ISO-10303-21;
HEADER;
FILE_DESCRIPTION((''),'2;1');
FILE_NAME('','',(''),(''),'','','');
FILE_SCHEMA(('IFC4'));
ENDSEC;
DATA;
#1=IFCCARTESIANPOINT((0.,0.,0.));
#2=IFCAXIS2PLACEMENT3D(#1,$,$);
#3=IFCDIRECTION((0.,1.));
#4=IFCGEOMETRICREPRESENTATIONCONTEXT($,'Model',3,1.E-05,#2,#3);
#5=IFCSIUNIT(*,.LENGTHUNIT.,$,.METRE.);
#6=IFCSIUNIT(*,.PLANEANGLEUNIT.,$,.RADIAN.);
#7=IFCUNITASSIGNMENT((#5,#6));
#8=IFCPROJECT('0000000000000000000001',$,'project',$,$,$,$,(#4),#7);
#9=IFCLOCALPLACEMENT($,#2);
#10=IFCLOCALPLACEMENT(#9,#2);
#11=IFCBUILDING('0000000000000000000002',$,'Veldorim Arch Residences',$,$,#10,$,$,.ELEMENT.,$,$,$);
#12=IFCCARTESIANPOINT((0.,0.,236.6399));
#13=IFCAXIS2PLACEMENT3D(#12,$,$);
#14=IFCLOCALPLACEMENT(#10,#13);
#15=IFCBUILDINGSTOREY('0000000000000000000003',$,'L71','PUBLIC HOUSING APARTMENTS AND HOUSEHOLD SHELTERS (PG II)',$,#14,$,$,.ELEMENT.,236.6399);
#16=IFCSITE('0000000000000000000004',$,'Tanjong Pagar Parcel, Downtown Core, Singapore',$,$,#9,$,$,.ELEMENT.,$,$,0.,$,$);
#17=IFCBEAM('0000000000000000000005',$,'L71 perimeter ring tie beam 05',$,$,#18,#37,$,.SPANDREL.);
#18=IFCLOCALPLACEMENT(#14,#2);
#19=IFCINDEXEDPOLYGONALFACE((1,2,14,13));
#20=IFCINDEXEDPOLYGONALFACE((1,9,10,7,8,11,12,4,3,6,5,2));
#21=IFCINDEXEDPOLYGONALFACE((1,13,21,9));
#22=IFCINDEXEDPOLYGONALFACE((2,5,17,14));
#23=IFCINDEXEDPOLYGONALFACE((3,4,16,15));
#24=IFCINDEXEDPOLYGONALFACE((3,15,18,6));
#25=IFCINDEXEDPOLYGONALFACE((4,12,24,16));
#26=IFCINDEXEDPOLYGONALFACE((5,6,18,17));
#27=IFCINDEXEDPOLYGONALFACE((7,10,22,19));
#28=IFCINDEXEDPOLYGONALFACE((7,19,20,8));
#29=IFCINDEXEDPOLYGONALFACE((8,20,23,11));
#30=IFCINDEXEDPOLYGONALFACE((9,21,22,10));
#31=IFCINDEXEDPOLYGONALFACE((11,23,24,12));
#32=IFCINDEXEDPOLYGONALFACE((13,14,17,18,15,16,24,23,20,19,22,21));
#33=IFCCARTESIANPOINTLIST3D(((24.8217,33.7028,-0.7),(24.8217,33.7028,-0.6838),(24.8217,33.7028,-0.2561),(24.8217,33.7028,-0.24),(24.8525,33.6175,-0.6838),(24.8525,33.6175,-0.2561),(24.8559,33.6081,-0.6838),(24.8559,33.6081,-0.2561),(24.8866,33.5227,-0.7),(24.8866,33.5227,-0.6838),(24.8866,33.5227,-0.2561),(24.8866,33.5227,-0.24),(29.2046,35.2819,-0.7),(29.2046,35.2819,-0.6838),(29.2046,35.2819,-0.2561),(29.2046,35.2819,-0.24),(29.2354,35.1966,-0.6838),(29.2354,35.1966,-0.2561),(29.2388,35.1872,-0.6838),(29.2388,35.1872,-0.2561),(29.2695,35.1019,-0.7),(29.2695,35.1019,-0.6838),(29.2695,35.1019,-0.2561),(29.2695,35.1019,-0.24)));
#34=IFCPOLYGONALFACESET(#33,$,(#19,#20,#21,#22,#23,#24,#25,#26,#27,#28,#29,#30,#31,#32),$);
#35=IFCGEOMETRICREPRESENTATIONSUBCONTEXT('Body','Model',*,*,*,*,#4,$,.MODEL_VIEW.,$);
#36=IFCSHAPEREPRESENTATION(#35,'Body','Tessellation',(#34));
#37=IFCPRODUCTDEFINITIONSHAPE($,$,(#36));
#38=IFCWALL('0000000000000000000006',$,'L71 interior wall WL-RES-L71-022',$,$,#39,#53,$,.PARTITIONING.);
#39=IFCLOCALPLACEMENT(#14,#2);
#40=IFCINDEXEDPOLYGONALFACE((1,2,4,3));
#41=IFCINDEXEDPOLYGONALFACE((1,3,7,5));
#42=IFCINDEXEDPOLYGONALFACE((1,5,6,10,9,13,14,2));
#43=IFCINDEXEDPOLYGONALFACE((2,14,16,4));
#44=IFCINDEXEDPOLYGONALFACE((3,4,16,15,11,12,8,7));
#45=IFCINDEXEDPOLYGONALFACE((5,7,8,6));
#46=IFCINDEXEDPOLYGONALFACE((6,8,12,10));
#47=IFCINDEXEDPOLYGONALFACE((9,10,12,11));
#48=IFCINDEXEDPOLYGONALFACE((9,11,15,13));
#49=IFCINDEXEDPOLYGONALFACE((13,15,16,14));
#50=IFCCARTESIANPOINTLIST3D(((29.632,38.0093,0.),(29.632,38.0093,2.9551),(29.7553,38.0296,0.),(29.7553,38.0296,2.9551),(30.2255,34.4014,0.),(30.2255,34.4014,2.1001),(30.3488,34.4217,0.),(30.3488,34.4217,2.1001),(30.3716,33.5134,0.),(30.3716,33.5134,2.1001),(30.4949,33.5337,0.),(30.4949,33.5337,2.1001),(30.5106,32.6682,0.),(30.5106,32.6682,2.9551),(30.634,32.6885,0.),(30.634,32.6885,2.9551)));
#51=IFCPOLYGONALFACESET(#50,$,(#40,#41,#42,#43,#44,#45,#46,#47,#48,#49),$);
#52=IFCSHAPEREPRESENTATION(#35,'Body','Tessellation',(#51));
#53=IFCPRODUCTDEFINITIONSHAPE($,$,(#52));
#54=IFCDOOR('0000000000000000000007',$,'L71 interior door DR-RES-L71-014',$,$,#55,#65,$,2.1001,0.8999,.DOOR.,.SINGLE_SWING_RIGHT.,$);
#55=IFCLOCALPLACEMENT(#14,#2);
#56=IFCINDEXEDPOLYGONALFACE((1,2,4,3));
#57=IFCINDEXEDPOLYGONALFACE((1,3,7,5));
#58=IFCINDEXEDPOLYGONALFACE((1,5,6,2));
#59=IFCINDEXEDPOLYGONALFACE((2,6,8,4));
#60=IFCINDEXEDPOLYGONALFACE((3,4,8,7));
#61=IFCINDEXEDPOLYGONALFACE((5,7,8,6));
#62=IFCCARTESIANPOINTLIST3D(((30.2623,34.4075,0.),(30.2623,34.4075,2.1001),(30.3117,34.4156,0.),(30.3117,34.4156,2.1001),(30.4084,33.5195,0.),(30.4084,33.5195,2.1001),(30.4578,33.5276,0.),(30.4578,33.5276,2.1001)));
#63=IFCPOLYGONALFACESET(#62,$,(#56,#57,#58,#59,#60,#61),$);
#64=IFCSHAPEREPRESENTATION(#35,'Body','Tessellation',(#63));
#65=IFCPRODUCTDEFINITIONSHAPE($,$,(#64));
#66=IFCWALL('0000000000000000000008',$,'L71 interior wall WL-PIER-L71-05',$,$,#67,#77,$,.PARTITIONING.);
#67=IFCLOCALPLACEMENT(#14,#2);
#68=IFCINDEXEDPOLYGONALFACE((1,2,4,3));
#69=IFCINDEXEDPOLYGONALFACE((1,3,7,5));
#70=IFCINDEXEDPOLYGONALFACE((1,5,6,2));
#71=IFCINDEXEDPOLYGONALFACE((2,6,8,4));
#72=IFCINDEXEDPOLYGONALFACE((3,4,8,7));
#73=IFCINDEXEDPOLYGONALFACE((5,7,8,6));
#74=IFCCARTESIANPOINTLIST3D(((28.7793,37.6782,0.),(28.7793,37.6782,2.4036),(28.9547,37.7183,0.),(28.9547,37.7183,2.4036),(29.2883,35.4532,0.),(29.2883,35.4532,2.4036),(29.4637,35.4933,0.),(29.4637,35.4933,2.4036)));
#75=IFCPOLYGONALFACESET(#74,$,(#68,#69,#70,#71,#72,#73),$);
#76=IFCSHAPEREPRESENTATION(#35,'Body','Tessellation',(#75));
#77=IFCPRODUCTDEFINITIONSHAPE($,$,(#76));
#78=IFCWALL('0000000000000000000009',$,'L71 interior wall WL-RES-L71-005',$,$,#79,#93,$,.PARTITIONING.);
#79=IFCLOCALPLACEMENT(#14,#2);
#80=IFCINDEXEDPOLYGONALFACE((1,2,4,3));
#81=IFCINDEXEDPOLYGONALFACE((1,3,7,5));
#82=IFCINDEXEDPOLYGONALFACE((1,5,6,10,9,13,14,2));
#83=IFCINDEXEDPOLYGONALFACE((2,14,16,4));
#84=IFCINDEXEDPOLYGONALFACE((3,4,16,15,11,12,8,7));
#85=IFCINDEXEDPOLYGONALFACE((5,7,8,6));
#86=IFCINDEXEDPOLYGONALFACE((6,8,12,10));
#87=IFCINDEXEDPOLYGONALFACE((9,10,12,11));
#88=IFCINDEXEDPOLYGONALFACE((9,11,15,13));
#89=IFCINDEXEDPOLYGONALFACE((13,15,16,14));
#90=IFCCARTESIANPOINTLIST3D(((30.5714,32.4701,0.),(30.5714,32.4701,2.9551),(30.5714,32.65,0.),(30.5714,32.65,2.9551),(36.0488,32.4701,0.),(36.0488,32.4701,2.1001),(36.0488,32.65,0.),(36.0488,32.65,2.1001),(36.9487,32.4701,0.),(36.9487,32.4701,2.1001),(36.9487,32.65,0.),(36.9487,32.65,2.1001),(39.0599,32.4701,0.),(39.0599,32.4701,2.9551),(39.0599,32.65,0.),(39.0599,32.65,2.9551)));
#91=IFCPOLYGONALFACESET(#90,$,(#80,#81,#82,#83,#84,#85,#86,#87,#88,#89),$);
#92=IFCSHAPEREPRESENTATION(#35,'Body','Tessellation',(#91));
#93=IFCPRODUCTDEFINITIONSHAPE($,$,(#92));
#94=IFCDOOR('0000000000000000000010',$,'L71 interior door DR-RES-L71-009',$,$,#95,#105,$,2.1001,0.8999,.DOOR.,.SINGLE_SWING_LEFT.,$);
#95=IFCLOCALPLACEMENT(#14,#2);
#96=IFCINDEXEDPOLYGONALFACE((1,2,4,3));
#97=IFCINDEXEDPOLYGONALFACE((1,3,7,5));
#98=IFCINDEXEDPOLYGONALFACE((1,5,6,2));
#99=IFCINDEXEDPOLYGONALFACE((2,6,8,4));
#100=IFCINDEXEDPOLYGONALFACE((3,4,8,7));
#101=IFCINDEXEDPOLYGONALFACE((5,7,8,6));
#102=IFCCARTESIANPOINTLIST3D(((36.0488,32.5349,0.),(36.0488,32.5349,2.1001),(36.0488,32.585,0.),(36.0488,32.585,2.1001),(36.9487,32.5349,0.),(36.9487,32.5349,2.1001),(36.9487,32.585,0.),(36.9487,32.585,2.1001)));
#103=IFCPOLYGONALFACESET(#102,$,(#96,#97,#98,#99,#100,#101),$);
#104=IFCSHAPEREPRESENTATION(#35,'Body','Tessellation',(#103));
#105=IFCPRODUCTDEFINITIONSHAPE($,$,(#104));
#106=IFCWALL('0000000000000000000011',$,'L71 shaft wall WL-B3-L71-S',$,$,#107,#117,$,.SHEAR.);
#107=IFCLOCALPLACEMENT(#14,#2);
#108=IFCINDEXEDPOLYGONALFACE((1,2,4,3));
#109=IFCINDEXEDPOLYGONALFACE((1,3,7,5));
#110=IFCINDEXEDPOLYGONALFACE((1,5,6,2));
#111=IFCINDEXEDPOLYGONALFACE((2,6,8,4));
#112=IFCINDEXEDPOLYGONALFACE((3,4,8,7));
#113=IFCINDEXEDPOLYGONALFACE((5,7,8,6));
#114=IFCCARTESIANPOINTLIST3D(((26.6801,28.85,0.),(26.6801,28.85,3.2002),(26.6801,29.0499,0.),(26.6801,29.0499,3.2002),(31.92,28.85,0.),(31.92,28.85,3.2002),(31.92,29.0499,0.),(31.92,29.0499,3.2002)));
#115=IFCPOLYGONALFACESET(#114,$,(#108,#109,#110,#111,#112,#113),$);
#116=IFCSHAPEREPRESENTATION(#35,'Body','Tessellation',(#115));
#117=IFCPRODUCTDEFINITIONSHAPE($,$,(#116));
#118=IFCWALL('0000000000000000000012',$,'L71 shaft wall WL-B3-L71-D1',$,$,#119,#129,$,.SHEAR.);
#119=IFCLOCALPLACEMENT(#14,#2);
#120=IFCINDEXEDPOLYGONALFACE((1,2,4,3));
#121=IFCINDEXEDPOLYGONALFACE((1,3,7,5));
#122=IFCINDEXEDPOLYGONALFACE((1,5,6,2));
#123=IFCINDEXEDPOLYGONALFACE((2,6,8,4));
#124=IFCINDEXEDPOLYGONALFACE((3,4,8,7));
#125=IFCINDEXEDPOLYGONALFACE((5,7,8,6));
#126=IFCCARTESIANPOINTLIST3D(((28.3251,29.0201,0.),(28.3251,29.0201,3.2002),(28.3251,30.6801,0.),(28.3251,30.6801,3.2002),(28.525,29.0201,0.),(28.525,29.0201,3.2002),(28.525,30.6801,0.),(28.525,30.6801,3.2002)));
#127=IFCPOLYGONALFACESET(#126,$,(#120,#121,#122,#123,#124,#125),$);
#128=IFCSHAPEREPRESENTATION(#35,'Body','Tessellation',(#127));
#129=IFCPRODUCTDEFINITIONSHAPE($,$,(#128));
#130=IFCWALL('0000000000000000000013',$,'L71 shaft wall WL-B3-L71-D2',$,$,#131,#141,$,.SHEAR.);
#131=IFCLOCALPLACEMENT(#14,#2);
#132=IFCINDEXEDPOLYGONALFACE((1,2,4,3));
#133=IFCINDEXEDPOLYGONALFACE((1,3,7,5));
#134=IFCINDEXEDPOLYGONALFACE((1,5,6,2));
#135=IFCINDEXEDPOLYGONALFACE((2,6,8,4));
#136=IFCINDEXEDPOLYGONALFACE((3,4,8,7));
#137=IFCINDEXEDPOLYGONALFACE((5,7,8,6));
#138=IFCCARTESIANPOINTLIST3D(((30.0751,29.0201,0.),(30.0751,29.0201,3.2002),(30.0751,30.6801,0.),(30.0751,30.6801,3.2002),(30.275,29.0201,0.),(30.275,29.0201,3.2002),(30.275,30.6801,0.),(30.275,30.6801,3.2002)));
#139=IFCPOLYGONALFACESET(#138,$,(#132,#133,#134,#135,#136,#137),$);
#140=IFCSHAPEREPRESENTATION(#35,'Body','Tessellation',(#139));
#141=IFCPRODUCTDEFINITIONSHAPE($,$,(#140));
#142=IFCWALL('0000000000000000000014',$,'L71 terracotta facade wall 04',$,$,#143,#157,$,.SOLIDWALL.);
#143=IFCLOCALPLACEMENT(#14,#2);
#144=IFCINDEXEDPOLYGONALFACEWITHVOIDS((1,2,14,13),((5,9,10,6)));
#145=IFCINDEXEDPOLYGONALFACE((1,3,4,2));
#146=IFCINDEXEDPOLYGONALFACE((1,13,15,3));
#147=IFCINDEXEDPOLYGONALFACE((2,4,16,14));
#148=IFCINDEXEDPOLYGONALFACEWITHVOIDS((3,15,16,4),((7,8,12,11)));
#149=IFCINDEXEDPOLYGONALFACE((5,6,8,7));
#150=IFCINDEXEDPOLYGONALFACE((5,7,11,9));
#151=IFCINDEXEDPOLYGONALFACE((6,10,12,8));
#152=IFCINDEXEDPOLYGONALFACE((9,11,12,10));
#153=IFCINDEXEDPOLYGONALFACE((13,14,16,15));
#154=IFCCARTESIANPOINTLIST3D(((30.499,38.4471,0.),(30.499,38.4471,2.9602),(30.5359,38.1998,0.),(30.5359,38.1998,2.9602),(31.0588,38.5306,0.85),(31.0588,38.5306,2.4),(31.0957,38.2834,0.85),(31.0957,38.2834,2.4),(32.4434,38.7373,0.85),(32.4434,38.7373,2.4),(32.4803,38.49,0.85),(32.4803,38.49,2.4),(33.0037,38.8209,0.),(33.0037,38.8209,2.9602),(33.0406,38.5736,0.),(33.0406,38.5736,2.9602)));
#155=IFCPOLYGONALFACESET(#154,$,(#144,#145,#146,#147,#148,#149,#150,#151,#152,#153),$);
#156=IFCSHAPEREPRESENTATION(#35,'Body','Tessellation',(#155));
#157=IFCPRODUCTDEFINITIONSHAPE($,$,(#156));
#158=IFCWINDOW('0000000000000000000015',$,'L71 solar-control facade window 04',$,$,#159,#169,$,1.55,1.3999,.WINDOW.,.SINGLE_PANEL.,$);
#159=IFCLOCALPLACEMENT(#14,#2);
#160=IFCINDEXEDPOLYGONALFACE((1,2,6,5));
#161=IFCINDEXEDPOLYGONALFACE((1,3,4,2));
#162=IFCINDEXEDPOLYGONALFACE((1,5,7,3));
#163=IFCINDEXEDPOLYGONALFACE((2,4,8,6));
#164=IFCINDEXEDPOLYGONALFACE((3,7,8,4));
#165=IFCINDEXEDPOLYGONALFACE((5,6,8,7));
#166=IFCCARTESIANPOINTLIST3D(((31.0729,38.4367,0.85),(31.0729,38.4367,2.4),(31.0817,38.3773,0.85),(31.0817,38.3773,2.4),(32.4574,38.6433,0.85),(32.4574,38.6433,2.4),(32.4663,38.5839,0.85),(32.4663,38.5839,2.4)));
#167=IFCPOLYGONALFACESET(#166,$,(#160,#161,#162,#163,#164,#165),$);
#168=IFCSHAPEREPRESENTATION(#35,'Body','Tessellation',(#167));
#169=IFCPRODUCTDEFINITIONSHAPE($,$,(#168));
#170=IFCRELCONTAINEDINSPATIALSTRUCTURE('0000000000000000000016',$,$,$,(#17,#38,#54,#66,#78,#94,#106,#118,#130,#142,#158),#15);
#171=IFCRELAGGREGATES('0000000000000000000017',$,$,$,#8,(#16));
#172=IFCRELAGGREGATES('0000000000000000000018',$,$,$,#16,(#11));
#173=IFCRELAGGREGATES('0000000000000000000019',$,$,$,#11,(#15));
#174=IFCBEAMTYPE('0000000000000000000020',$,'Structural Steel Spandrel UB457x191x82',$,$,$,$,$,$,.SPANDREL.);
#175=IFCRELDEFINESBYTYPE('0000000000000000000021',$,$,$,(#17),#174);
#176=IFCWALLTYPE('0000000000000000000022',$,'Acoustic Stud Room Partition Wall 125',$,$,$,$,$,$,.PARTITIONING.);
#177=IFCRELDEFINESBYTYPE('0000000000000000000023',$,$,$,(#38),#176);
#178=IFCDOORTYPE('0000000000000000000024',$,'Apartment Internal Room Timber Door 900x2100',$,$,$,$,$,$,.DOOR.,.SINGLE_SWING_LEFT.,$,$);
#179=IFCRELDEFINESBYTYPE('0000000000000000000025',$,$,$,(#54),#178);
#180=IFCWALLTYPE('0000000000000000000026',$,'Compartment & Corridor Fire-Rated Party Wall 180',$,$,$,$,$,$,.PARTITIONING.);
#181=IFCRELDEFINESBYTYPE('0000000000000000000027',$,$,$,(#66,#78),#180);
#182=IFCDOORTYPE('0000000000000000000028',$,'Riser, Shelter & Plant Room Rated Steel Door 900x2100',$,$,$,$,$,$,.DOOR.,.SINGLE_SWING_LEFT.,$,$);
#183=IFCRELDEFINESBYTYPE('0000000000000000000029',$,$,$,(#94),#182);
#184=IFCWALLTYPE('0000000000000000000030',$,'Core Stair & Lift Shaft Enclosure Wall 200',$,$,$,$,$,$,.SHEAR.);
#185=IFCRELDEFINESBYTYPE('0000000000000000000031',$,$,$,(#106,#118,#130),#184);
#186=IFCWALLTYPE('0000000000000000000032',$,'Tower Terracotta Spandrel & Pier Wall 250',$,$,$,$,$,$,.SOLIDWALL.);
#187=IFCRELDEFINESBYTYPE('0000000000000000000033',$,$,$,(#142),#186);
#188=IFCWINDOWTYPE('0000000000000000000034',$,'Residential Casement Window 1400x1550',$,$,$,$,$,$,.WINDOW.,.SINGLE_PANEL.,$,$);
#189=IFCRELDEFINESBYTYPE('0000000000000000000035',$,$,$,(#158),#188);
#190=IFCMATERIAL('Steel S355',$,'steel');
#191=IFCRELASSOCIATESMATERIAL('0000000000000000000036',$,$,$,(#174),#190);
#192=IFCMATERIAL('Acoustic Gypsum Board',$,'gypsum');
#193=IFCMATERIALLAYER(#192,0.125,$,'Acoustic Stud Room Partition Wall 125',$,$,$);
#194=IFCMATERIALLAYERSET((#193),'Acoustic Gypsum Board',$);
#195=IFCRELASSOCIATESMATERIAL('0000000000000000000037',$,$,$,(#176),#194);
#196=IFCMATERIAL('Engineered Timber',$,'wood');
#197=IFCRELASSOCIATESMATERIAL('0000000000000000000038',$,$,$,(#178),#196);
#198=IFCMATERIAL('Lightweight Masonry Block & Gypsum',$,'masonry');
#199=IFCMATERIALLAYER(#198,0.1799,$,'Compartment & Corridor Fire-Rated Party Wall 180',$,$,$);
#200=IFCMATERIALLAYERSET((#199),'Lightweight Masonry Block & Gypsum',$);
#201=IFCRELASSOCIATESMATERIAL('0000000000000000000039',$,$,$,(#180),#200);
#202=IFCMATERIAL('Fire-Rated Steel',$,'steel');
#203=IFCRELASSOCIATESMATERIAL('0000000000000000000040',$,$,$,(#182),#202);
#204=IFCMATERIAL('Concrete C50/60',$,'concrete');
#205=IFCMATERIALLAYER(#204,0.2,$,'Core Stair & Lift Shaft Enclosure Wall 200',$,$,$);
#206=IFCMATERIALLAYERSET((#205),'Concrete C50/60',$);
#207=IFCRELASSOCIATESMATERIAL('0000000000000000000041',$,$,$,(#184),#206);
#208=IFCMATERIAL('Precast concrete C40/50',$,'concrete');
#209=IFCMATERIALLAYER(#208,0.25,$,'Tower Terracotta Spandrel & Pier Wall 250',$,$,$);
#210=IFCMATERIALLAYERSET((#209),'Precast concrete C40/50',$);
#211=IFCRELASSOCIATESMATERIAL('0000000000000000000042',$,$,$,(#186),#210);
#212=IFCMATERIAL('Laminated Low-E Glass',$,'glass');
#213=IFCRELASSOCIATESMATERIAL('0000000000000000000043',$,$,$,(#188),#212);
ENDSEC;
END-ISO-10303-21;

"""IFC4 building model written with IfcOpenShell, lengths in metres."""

from ifc_helpers import new_model, si_unit, direction, frame, frame_2d, origin, origin_2d, place, context, subcontext, project, spatial, rectangle, i_section, extrude, material, layer, layer_set, material_profile, profile_set, type_object, element, fill, save


model = new_model("IFC4")

# Units and contexts
model_context = context("Model", 3, precision=1e-05, world=origin(), true_north=direction((0.0, 1.0)))
body_context = subcontext(model_context, "Body", "Model", "MODEL_VIEW")
ifc_project = project(units=[si_unit("LENGTHUNIT", "METRE"), si_unit("PLANEANGLEUNIT", "RADIAN")], contexts=[model_context])

# Site, building, storey
site_placement = place(None, origin())
site = spatial("IfcSite", under=ifc_project, at=site_placement, Name="Tanjong Pagar Parcel, Downtown Core, Singapore", CompositionType="ELEMENT", RefElevation=0.0)
building_placement = place(site_placement, origin())
building = spatial("IfcBuilding", under=site, at=building_placement, Name="Veldorim Arch Residences", CompositionType="ELEMENT")
storey_placement = place(building_placement, frame((0.0, 0.0, 236.6399)))
storey = spatial("IfcBuildingStorey", under=building, at=storey_placement, Name="L71", Description="PUBLIC HOUSING APARTMENTS AND HOUSEHOLD SHELTERS (PG II)", CompositionType="ELEMENT", Elevation=236.6399)

# Beam
ifc_material_1 = material(Name="Steel S355", Category="steel")
ifc_material_profile_1 = material_profile(ifc_material_1, i_section(OverallWidth=0.1914, OverallDepth=0.46, WebThickness=0.01, FlangeThickness=0.0161, at=origin_2d()), Name="UB457x191x82")
ifc_profile_set_1 = profile_set([ifc_material_profile_1], Name="Steel S355")
beam_type_1 = type_object("IfcBeamType", Name="Structural Steel Spandrel UB457x191x82", PredefinedType="SPANDREL", material=ifc_profile_set_1)
beam_1_placement = place(storey_placement, frame((29.2371, 35.1919, -0.47), z_axis=(-0.940799, -0.338964, 0.0), x_axis=(0.338964, -0.940799, 0.0)))
element("IfcBeam", 1, at=beam_1_placement, inside=storey, type_object=beam_type_1, Name="L71 perimeter ring tie beam 05", PredefinedType="SPANDREL", context=body_context, shape_type="SweptSolid", body=[
    extrude(i_section(OverallWidth=0.1914, OverallDepth=0.46, WebThickness=0.01, FlangeThickness=0.0161, at=origin_2d()), origin(), (0.0, 0.0, 1.0), 4.6587),
])

# Wall, opening, door
ifc_material_2 = material(Name="Acoustic Gypsum Board", Category="gypsum")
ifc_layer_1 = layer(ifc_material_2, 0.125, Name="Acoustic Stud Room Partition Wall 125")
ifc_layer_set_1 = layer_set([ifc_layer_1], Name="Acoustic Gypsum Board")
wall_type_1 = type_object("IfcWallType", Name="Acoustic Stud Room Partition Wall 125", PredefinedType="PARTITIONING", material=ifc_layer_set_1)
wall_1_placement = place(storey_placement, frame((29.6936, 38.0195, 0.0), z_axis=(0.0, 0.0, 1.0), x_axis=(0.162329, -0.986737, 0.0)))
wall_1 = element("IfcWall", 2, at=wall_1_placement, inside=storey, type_object=wall_type_1, Name="L71 interior wall WL-RES-L71-022", PredefinedType="PARTITIONING", context=body_context, shape_type="SweptSolid", body=[
    extrude(rectangle(XDim=5.4128, YDim=0.125, at=frame_2d((2.7065, 0.0))), origin(), (0.0, 0.0, 1.0), 2.9551),
])
opening_1_placement = place(wall_1_placement, frame((3.6565, 0.0, 0.0)))
opening_1 = element("IfcOpeningElement", 3, at=opening_1_placement, cuts=wall_1, PredefinedType="OPENING", context=body_context, shape_type="SweptSolid", body=[
    extrude(rectangle(XDim=0.8999, YDim=2.1001, at=frame_2d((0.45, 1.05))), frame((0.0, 0.0725, 0.0), z_axis=(0.0, -1.0, 0.0), x_axis=(1.0, 0.0, 0.0)), (0.0, 0.0, 1.0), 0.145),
])
ifc_material_3 = material(Name="Engineered Timber", Category="wood")
door_type_1 = type_object("IfcDoorType", Name="Apartment Internal Room Timber Door 900x2100", OperationType="SINGLE_SWING_LEFT", PredefinedType="DOOR", material=ifc_material_3)
door_1_placement = place(opening_1_placement, origin())
door_1 = element("IfcDoor", 4, at=door_1_placement, inside=storey, type_object=door_type_1, Name="L71 interior door DR-RES-L71-014", OperationType="SINGLE_SWING_RIGHT", OverallHeight=2.1001, OverallWidth=0.8999, PredefinedType="DOOR", context=body_context, shape_type="SweptSolid", body=[
    extrude(rectangle(XDim=0.8999, YDim=2.1001, at=frame_2d((0.45, 1.05))), frame((0.0, 0.0249, 0.0), z_axis=(0.0, -1.0, 0.0), x_axis=(1.0, 0.0, 0.0)), (0.0, 0.0, 1.0), 0.05),
])
fill(opening_1, door_1)

# Wall
ifc_material_4 = material(Name="Lightweight Masonry Block & Gypsum", Category="masonry")
ifc_layer_2 = layer(ifc_material_4, 0.1799, Name="Compartment & Corridor Fire-Rated Party Wall 180")
ifc_layer_set_2 = layer_set([ifc_layer_2], Name="Lightweight Masonry Block & Gypsum")
wall_type_2 = type_object("IfcWallType", Name="Compartment & Corridor Fire-Rated Party Wall 180", PredefinedType="PARTITIONING", material=ifc_layer_set_2)
wall_2_placement = place(storey_placement, frame((29.376, 35.4734, 0.0), z_axis=(0.0, 0.0, 1.0), x_axis=(-0.223008, 0.974817, 0.0)))
element("IfcWall", 5, at=wall_2_placement, inside=storey, type_object=wall_type_2, Name="L71 interior wall WL-PIER-L71-05", PredefinedType="PARTITIONING", context=body_context, shape_type="SweptSolid", body=[
    extrude(rectangle(XDim=2.2825, YDim=0.1799, at=frame_2d((1.1411, 0.0))), origin(), (0.0, 0.0, 1.0), 2.4036),
])

# Wall, opening, door
wall_3_placement = place(storey_placement, frame((30.5715, 32.5601, 0.0), z_axis=(0.0, 0.0, 1.0), x_axis=(1.0, 0.0, 0.0)))
wall_3 = element("IfcWall", 6, at=wall_3_placement, inside=storey, type_object=wall_type_2, Name="L71 interior wall WL-RES-L71-005", PredefinedType="PARTITIONING", context=body_context, shape_type="SweptSolid", body=[
    extrude(rectangle(XDim=8.4885, YDim=0.1799, at=frame_2d((4.2441, 0.0))), origin(), (0.0, 0.0, 1.0), 2.9551),
])
opening_2_placement = place(wall_3_placement, frame((5.4773, 0.0, 0.0)))
opening_2 = element("IfcOpeningElement", 7, at=opening_2_placement, cuts=wall_3, PredefinedType="OPENING", context=body_context, shape_type="SweptSolid", body=[
    extrude(rectangle(XDim=0.8999, YDim=2.1001, at=frame_2d((0.45, 1.05))), frame((0.0, 0.0999, 0.0), z_axis=(0.0, -1.0, 0.0), x_axis=(1.0, 0.0, 0.0)), (0.0, 0.0, 1.0), 0.2),
])
ifc_material_5 = material(Name="Fire-Rated Steel", Category="steel")
door_type_2 = type_object("IfcDoorType", Name="Riser, Shelter & Plant Room Rated Steel Door 900x2100", OperationType="SINGLE_SWING_LEFT", PredefinedType="DOOR", material=ifc_material_5)
door_2_placement = place(opening_2_placement, origin())
door_2 = element("IfcDoor", 8, at=door_2_placement, inside=storey, type_object=door_type_2, Name="L71 interior door DR-RES-L71-009", OperationType="SINGLE_SWING_LEFT", OverallHeight=2.1001, OverallWidth=0.8999, PredefinedType="DOOR", context=body_context, shape_type="SweptSolid", body=[
    extrude(rectangle(XDim=0.8999, YDim=2.1001, at=frame_2d((0.45, 1.05))), frame((0.0, 0.0249, 0.0), z_axis=(0.0, -1.0, 0.0), x_axis=(1.0, 0.0, 0.0)), (0.0, 0.0, 1.0), 0.05),
])
fill(opening_2, door_2)

# Walls
ifc_material_6 = material(Name="Concrete C50/60", Category="concrete")
ifc_layer_3 = layer(ifc_material_6, 0.2, Name="Core Stair & Lift Shaft Enclosure Wall 200")
ifc_layer_set_3 = layer_set([ifc_layer_3], Name="Concrete C50/60")
wall_type_3 = type_object("IfcWallType", Name="Core Stair & Lift Shaft Enclosure Wall 200", PredefinedType="SHEAR", material=ifc_layer_set_3)
wall_4_placement = place(storey_placement, frame((26.6799, 28.95, 0.0), z_axis=(0.0, 0.0, 1.0), x_axis=(1.0, 0.0, 0.0)))
element("IfcWall", 9, at=wall_4_placement, inside=storey, type_object=wall_type_3, Name="L71 shaft wall WL-B3-L71-S", PredefinedType="SHEAR", context=body_context, shape_type="SweptSolid", body=[
    extrude(rectangle(XDim=5.24, YDim=0.2, at=frame_2d((2.6201, 0.0))), origin(), (0.0, 0.0, 1.0), 3.2002),
])
for number, where, z_axis, x_axis, name in (
    (10, (28.425, 29.02, 0.0), (0.0, 0.0, 1.0), (0.0, 1.0, 0.0), "L71 shaft wall WL-B3-L71-D1"),
    (11, (30.175, 29.02, 0.0), (0.0, 0.0, 1.0), (0.0, 1.0, 0.0), "L71 shaft wall WL-B3-L71-D2"),
):
    element("IfcWall", number, at=place(storey_placement, frame(where, z_axis=z_axis, x_axis=x_axis)), inside=storey, type_object=wall_type_3, Name=name, PredefinedType="SHEAR", context=body_context, shape_type="SweptSolid", body=[
        extrude(rectangle(XDim=1.6599, YDim=0.2, at=frame_2d((0.8301, 0.0))), origin(), (0.0, 0.0, 1.0), 3.2002),
    ])

# Wall, opening, window
ifc_material_7 = material(Name="Precast concrete C40/50", Category="concrete")
ifc_layer_4 = layer(ifc_material_7, 0.25, Name="Tower Terracotta Spandrel & Pier Wall 250")
ifc_layer_set_4 = layer_set([ifc_layer_4], Name="Precast concrete C40/50")
wall_type_4 = type_object("IfcWallType", Name="Tower Terracotta Spandrel & Pier Wall 250", PredefinedType="SOLIDWALL", material=ifc_layer_set_4)
wall_5_placement = place(storey_placement, frame((30.5176, 38.3235, 0.0), z_axis=(0.0, 0.0, 1.0), x_axis=(0.989047, 0.1476, 0.0)))
wall_5 = element("IfcWall", 12, at=wall_5_placement, inside=storey, type_object=wall_type_4, Name="L71 terracotta facade wall 04", PredefinedType="SOLIDWALL", context=body_context, shape_type="SweptSolid", body=[
    extrude(rectangle(XDim=2.5325, YDim=0.25, at=frame_2d((1.2661, 0.0))), origin(), (0.0, 0.0, 1.0), 2.9602),
])
opening_3_placement = place(wall_5_placement, frame((0.5659, 0.0, 0.8501)))
opening_3 = element("IfcOpeningElement", 13, at=opening_3_placement, cuts=wall_5, PredefinedType="OPENING", context=body_context, shape_type="SweptSolid", body=[
    extrude(rectangle(XDim=1.3999, YDim=1.55, at=frame_2d((0.7, 0.7749))), frame((0.0, 0.135, 0.0), z_axis=(0.0, -1.0, 0.0), x_axis=(1.0, 0.0, 0.0)), (0.0, 0.0, 1.0), 0.27),
])
ifc_material_8 = material(Name="Laminated Low-E Glass", Category="glass")
window_type = type_object("IfcWindowType", Name="Residential Casement Window 1400x1550", PartitioningType="SINGLE_PANEL", PredefinedType="WINDOW", material=ifc_material_8)
window_placement = place(opening_3_placement, origin())
window = element("IfcWindow", 14, at=window_placement, inside=storey, type_object=window_type, Name="L71 solar-control facade window 04", OverallHeight=1.55, OverallWidth=1.3999, PartitioningType="SINGLE_PANEL", PredefinedType="WINDOW", context=body_context, shape_type="SweptSolid", body=[
    extrude(rectangle(XDim=1.3999, YDim=1.55, at=frame_2d((0.7, 0.7749))), frame((0.0, 0.03, 0.0), z_axis=(0.0, -1.0, 0.0), x_axis=(1.0, 0.0, 0.0)), (0.0, 0.0, 1.0), 0.0601),
])
fill(opening_3, window)

save(model, "model.ifc")
